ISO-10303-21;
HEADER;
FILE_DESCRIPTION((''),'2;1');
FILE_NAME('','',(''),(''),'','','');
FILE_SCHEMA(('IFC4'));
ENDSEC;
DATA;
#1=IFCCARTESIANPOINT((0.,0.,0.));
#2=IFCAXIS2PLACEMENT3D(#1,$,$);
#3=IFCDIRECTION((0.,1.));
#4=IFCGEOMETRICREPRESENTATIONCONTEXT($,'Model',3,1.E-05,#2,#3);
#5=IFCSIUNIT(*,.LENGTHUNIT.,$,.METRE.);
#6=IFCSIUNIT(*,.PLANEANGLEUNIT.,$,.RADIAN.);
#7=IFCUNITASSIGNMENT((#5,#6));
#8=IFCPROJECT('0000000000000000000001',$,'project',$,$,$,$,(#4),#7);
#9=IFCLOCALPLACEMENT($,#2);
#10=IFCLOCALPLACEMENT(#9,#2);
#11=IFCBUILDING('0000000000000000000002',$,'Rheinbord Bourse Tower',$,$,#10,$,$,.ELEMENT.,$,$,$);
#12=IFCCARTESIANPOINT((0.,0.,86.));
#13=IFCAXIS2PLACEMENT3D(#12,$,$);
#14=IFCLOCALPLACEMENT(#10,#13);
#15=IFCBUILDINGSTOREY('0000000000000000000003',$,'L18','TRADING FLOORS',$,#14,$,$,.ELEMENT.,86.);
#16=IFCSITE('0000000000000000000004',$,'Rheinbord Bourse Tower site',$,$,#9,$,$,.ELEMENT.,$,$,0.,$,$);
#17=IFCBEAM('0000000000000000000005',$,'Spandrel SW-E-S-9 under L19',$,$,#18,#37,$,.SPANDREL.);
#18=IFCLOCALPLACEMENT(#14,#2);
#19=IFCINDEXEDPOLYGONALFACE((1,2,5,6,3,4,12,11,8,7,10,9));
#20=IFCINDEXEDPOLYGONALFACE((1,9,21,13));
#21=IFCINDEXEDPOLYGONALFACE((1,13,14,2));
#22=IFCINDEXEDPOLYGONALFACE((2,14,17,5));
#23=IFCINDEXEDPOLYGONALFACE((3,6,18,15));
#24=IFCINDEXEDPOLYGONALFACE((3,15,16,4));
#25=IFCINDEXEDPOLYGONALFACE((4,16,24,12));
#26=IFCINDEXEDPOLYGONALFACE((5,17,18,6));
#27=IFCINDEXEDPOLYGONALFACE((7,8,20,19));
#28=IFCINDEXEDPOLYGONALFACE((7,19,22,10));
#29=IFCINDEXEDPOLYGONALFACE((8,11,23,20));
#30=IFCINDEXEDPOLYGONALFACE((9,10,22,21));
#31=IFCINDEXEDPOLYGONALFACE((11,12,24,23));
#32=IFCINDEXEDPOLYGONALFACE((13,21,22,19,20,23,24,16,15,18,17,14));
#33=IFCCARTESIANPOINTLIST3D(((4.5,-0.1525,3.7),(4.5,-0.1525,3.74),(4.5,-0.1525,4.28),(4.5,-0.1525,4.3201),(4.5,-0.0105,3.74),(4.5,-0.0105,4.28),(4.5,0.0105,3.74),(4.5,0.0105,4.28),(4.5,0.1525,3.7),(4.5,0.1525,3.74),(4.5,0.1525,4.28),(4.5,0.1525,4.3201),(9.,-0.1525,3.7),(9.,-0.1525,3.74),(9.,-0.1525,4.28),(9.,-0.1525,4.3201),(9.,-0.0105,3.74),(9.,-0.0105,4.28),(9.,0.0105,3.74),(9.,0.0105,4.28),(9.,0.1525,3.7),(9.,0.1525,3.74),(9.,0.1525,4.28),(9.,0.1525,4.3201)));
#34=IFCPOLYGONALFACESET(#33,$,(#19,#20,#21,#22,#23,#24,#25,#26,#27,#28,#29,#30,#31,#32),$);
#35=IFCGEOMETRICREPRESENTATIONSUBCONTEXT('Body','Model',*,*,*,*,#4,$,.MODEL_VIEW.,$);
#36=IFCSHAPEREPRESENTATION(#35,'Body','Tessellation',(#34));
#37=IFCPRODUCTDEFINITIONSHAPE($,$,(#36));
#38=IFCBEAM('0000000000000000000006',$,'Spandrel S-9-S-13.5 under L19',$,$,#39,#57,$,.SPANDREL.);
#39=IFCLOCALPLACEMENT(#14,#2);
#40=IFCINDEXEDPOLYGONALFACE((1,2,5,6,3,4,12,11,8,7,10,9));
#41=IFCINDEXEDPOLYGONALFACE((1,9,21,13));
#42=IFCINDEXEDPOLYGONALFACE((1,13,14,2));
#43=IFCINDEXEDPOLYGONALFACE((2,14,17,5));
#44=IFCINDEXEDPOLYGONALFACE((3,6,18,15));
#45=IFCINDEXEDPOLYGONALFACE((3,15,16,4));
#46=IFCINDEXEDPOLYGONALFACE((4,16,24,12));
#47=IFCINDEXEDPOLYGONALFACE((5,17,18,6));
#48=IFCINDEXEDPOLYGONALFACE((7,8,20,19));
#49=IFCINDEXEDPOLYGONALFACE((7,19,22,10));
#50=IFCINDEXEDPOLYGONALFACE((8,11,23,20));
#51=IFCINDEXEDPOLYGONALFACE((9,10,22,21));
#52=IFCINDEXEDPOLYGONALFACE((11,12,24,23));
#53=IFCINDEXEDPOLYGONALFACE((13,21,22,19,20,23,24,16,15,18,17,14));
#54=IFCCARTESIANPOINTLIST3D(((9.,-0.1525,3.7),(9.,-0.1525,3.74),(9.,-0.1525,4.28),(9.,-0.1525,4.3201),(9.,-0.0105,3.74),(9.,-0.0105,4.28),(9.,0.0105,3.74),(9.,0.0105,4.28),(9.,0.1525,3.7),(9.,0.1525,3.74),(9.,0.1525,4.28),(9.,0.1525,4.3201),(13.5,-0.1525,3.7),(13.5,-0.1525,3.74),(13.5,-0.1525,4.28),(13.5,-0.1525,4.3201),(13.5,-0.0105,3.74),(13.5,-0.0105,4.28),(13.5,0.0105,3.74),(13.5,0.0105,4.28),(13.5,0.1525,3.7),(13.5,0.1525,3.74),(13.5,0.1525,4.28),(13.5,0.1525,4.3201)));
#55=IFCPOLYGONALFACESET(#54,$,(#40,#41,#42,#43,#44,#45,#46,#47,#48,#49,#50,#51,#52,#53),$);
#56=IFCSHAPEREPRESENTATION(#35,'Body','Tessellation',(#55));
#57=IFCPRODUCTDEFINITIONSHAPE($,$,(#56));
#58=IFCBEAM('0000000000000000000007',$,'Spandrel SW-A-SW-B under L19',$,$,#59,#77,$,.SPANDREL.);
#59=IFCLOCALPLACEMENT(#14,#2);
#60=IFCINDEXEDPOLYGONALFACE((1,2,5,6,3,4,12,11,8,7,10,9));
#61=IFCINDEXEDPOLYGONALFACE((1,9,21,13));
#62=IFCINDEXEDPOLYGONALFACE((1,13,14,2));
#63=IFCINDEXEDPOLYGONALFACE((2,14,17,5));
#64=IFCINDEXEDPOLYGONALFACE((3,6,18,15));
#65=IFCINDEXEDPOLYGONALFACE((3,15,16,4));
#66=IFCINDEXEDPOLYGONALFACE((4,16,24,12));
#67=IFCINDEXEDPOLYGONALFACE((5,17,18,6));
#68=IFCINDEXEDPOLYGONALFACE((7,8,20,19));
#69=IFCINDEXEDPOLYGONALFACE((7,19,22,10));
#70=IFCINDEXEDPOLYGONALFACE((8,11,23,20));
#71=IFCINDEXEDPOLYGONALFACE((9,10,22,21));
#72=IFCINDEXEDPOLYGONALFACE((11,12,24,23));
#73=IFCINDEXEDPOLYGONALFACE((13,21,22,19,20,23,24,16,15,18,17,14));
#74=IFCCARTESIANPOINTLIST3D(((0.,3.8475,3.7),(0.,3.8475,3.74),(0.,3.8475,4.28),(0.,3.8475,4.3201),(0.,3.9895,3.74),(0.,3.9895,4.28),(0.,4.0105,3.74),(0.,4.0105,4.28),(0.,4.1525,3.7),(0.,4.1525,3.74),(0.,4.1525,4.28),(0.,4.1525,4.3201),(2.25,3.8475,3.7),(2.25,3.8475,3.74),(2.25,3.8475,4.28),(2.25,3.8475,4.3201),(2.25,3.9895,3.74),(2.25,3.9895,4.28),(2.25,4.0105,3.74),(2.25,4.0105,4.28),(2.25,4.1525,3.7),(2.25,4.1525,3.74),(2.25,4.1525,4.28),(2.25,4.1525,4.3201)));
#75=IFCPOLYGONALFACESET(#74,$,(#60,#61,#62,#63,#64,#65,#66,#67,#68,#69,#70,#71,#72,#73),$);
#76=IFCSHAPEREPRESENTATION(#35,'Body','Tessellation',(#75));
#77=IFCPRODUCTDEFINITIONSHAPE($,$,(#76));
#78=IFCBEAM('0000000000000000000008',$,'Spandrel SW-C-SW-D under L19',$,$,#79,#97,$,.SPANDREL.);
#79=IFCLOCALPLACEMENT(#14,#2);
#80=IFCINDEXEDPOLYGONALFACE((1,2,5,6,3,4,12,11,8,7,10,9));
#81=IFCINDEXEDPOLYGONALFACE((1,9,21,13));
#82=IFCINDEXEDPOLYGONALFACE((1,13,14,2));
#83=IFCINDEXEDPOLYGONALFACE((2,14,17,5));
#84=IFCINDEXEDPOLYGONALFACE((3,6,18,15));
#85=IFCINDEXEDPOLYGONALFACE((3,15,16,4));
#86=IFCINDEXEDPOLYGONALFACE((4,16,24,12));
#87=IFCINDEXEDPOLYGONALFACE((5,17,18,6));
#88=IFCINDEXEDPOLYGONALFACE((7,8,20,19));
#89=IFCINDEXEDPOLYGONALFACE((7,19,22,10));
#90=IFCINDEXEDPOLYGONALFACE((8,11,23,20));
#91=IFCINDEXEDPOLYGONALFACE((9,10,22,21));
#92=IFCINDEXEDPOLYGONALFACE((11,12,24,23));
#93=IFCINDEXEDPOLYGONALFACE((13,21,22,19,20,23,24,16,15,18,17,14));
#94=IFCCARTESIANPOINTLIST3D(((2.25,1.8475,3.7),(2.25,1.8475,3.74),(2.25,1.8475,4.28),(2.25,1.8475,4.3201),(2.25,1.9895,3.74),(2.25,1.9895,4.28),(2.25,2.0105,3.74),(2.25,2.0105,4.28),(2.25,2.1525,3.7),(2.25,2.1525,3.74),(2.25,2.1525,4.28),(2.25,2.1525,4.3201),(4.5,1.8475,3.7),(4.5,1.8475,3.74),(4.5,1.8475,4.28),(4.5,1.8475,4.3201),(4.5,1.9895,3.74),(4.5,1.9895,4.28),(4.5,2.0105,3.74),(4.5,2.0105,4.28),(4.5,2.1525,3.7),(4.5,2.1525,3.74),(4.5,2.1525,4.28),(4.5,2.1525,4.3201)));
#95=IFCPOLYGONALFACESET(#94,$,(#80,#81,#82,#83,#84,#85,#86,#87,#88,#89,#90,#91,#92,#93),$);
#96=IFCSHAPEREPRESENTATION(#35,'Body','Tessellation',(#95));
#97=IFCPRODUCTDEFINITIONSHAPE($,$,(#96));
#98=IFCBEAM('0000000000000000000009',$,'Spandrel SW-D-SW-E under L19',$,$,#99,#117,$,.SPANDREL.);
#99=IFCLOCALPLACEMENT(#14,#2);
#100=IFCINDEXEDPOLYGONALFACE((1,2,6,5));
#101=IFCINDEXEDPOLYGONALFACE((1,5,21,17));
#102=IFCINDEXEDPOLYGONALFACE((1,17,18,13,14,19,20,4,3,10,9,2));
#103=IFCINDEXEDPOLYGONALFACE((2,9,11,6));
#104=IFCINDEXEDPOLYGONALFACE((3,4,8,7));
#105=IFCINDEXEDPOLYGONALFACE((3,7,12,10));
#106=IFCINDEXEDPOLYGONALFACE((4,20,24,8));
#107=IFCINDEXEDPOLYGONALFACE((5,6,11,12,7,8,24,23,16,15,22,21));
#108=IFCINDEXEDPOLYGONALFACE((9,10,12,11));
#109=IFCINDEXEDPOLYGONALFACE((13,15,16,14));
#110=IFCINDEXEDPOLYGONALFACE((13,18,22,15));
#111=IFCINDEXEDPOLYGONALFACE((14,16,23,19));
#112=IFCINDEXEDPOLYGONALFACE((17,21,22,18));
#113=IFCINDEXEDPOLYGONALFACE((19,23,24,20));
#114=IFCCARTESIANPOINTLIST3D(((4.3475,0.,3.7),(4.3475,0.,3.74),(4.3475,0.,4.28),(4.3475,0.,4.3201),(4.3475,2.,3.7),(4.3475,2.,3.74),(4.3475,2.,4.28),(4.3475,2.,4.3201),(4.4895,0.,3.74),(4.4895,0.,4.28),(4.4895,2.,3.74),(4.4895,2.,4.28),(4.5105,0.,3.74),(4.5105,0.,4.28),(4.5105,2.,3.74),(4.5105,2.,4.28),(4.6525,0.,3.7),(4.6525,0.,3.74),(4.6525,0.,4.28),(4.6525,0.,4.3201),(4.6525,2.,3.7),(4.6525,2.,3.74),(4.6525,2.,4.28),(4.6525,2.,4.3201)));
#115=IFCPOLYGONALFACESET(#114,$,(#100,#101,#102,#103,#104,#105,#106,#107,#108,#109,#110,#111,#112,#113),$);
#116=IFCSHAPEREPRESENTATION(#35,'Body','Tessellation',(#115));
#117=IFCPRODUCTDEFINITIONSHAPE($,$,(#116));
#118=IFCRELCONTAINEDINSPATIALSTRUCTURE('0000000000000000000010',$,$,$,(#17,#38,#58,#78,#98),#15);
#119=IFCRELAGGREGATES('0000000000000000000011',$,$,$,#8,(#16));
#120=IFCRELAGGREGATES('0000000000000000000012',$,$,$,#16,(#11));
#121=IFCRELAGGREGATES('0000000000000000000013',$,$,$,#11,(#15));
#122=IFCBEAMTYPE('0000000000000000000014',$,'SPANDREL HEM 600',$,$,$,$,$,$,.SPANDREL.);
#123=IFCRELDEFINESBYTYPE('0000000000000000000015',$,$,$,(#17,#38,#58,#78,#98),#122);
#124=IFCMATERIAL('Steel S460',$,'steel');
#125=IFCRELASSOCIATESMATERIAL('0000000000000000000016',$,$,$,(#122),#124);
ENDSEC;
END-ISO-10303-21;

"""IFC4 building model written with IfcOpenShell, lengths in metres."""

from ifc_helpers import new_model, si_unit, direction, frame, origin, origin_2d, place, context, subcontext, project, spatial, i_section, extrude, material, material_profile, profile_set, type_object, element, save


model = new_model("IFC4")

# Units and contexts
model_context = context("Model", 3, precision=1e-05, world=origin(), true_north=direction((0.0, 1.0)))
body_context = subcontext(model_context, "Body", "Model", "MODEL_VIEW")
ifc_project = project(units=[si_unit("LENGTHUNIT", "METRE"), si_unit("PLANEANGLEUNIT", "RADIAN")], contexts=[model_context])

# Site, building, storey
site_placement = place(None, origin())
site = spatial("IfcSite", under=ifc_project, at=site_placement, Name="Rheinbord Bourse Tower site", CompositionType="ELEMENT", RefElevation=0.0)
building_placement = place(site_placement, origin())
building = spatial("IfcBuilding", under=site, at=building_placement, Name="Rheinbord Bourse Tower", CompositionType="ELEMENT")
storey_placement = place(building_placement, frame((0.0, 0.0, 86.0)))
storey = spatial("IfcBuildingStorey", under=building, at=storey_placement, Name="L18", Description="TRADING FLOORS", CompositionType="ELEMENT", Elevation=86.0)

# Beams
ifc_material_1 = material(Name="Steel S460", Category="steel")
ifc_material_profile_1 = material_profile(ifc_material_1, i_section(OverallWidth=0.3049, OverallDepth=0.6201, WebThickness=0.021, FlangeThickness=0.04, at=origin_2d()), Name="HEM 600")
ifc_profile_set_1 = profile_set([ifc_material_profile_1], Name="Steel S460")
beam_type_1 = type_object("IfcBeamType", Name="SPANDREL HEM 600", PredefinedType="SPANDREL", material=ifc_profile_set_1)
for number, where, z_axis, x_axis, name in (
    (1, (4.5, 0.0, 4.01), (1.0, 0.0, 0.0), (0.0, 1.0, 0.0), "Spandrel SW-E-S-9 under L19"),
    (2, (9.0, 0.0, 4.01), (1.0, 0.0, 0.0), (0.0, 1.0, 0.0), "Spandrel S-9-S-13.5 under L19"),
):
    element("IfcBeam", number, at=place(storey_placement, frame(where, z_axis=z_axis, x_axis=x_axis)), inside=storey, type_object=beam_type_1, Name=name, PredefinedType="SPANDREL", context=body_context, shape_type="SweptSolid", body=[
        extrude(i_section(OverallWidth=0.3049, OverallDepth=0.6201, WebThickness=0.021, FlangeThickness=0.04, at=origin_2d()), origin(), (0.0, 0.0, 1.0), 4.5),
    ])
for number, where, z_axis, x_axis, name in (
    (3, (0.0, 4.0, 4.01), (1.0, 0.0, 0.0), (0.0, 1.0, 0.0), "Spandrel SW-A-SW-B under L19"),
    (4, (2.25, 2.0, 4.01), (1.0, 0.0, 0.0), (0.0, 1.0, 0.0), "Spandrel SW-C-SW-D under L19"),
):
    element("IfcBeam", number, at=place(storey_placement, frame(where, z_axis=z_axis, x_axis=x_axis)), inside=storey, type_object=beam_type_1, Name=name, PredefinedType="SPANDREL", context=body_context, shape_type="SweptSolid", body=[
        extrude(i_section(OverallWidth=0.3049, OverallDepth=0.6201, WebThickness=0.021, FlangeThickness=0.04, at=origin_2d()), origin(), (0.0, 0.0, 1.0), 2.25),
    ])
beam_placement = place(storey_placement, frame((4.5, 2.0, 4.01), z_axis=(0.0, -1.0, 0.0), x_axis=(1.0, 0.0, 0.0)))
element("IfcBeam", 5, at=beam_placement, inside=storey, type_object=beam_type_1, Name="Spandrel SW-D-SW-E under L19", PredefinedType="SPANDREL", context=body_context, shape_type="SweptSolid", body=[
    extrude(i_section(OverallWidth=0.3049, OverallDepth=0.6201, WebThickness=0.021, FlangeThickness=0.04, at=origin_2d()), origin(), (0.0, 0.0, 1.0), 2.0),
])

save(model, "model.ifc")
